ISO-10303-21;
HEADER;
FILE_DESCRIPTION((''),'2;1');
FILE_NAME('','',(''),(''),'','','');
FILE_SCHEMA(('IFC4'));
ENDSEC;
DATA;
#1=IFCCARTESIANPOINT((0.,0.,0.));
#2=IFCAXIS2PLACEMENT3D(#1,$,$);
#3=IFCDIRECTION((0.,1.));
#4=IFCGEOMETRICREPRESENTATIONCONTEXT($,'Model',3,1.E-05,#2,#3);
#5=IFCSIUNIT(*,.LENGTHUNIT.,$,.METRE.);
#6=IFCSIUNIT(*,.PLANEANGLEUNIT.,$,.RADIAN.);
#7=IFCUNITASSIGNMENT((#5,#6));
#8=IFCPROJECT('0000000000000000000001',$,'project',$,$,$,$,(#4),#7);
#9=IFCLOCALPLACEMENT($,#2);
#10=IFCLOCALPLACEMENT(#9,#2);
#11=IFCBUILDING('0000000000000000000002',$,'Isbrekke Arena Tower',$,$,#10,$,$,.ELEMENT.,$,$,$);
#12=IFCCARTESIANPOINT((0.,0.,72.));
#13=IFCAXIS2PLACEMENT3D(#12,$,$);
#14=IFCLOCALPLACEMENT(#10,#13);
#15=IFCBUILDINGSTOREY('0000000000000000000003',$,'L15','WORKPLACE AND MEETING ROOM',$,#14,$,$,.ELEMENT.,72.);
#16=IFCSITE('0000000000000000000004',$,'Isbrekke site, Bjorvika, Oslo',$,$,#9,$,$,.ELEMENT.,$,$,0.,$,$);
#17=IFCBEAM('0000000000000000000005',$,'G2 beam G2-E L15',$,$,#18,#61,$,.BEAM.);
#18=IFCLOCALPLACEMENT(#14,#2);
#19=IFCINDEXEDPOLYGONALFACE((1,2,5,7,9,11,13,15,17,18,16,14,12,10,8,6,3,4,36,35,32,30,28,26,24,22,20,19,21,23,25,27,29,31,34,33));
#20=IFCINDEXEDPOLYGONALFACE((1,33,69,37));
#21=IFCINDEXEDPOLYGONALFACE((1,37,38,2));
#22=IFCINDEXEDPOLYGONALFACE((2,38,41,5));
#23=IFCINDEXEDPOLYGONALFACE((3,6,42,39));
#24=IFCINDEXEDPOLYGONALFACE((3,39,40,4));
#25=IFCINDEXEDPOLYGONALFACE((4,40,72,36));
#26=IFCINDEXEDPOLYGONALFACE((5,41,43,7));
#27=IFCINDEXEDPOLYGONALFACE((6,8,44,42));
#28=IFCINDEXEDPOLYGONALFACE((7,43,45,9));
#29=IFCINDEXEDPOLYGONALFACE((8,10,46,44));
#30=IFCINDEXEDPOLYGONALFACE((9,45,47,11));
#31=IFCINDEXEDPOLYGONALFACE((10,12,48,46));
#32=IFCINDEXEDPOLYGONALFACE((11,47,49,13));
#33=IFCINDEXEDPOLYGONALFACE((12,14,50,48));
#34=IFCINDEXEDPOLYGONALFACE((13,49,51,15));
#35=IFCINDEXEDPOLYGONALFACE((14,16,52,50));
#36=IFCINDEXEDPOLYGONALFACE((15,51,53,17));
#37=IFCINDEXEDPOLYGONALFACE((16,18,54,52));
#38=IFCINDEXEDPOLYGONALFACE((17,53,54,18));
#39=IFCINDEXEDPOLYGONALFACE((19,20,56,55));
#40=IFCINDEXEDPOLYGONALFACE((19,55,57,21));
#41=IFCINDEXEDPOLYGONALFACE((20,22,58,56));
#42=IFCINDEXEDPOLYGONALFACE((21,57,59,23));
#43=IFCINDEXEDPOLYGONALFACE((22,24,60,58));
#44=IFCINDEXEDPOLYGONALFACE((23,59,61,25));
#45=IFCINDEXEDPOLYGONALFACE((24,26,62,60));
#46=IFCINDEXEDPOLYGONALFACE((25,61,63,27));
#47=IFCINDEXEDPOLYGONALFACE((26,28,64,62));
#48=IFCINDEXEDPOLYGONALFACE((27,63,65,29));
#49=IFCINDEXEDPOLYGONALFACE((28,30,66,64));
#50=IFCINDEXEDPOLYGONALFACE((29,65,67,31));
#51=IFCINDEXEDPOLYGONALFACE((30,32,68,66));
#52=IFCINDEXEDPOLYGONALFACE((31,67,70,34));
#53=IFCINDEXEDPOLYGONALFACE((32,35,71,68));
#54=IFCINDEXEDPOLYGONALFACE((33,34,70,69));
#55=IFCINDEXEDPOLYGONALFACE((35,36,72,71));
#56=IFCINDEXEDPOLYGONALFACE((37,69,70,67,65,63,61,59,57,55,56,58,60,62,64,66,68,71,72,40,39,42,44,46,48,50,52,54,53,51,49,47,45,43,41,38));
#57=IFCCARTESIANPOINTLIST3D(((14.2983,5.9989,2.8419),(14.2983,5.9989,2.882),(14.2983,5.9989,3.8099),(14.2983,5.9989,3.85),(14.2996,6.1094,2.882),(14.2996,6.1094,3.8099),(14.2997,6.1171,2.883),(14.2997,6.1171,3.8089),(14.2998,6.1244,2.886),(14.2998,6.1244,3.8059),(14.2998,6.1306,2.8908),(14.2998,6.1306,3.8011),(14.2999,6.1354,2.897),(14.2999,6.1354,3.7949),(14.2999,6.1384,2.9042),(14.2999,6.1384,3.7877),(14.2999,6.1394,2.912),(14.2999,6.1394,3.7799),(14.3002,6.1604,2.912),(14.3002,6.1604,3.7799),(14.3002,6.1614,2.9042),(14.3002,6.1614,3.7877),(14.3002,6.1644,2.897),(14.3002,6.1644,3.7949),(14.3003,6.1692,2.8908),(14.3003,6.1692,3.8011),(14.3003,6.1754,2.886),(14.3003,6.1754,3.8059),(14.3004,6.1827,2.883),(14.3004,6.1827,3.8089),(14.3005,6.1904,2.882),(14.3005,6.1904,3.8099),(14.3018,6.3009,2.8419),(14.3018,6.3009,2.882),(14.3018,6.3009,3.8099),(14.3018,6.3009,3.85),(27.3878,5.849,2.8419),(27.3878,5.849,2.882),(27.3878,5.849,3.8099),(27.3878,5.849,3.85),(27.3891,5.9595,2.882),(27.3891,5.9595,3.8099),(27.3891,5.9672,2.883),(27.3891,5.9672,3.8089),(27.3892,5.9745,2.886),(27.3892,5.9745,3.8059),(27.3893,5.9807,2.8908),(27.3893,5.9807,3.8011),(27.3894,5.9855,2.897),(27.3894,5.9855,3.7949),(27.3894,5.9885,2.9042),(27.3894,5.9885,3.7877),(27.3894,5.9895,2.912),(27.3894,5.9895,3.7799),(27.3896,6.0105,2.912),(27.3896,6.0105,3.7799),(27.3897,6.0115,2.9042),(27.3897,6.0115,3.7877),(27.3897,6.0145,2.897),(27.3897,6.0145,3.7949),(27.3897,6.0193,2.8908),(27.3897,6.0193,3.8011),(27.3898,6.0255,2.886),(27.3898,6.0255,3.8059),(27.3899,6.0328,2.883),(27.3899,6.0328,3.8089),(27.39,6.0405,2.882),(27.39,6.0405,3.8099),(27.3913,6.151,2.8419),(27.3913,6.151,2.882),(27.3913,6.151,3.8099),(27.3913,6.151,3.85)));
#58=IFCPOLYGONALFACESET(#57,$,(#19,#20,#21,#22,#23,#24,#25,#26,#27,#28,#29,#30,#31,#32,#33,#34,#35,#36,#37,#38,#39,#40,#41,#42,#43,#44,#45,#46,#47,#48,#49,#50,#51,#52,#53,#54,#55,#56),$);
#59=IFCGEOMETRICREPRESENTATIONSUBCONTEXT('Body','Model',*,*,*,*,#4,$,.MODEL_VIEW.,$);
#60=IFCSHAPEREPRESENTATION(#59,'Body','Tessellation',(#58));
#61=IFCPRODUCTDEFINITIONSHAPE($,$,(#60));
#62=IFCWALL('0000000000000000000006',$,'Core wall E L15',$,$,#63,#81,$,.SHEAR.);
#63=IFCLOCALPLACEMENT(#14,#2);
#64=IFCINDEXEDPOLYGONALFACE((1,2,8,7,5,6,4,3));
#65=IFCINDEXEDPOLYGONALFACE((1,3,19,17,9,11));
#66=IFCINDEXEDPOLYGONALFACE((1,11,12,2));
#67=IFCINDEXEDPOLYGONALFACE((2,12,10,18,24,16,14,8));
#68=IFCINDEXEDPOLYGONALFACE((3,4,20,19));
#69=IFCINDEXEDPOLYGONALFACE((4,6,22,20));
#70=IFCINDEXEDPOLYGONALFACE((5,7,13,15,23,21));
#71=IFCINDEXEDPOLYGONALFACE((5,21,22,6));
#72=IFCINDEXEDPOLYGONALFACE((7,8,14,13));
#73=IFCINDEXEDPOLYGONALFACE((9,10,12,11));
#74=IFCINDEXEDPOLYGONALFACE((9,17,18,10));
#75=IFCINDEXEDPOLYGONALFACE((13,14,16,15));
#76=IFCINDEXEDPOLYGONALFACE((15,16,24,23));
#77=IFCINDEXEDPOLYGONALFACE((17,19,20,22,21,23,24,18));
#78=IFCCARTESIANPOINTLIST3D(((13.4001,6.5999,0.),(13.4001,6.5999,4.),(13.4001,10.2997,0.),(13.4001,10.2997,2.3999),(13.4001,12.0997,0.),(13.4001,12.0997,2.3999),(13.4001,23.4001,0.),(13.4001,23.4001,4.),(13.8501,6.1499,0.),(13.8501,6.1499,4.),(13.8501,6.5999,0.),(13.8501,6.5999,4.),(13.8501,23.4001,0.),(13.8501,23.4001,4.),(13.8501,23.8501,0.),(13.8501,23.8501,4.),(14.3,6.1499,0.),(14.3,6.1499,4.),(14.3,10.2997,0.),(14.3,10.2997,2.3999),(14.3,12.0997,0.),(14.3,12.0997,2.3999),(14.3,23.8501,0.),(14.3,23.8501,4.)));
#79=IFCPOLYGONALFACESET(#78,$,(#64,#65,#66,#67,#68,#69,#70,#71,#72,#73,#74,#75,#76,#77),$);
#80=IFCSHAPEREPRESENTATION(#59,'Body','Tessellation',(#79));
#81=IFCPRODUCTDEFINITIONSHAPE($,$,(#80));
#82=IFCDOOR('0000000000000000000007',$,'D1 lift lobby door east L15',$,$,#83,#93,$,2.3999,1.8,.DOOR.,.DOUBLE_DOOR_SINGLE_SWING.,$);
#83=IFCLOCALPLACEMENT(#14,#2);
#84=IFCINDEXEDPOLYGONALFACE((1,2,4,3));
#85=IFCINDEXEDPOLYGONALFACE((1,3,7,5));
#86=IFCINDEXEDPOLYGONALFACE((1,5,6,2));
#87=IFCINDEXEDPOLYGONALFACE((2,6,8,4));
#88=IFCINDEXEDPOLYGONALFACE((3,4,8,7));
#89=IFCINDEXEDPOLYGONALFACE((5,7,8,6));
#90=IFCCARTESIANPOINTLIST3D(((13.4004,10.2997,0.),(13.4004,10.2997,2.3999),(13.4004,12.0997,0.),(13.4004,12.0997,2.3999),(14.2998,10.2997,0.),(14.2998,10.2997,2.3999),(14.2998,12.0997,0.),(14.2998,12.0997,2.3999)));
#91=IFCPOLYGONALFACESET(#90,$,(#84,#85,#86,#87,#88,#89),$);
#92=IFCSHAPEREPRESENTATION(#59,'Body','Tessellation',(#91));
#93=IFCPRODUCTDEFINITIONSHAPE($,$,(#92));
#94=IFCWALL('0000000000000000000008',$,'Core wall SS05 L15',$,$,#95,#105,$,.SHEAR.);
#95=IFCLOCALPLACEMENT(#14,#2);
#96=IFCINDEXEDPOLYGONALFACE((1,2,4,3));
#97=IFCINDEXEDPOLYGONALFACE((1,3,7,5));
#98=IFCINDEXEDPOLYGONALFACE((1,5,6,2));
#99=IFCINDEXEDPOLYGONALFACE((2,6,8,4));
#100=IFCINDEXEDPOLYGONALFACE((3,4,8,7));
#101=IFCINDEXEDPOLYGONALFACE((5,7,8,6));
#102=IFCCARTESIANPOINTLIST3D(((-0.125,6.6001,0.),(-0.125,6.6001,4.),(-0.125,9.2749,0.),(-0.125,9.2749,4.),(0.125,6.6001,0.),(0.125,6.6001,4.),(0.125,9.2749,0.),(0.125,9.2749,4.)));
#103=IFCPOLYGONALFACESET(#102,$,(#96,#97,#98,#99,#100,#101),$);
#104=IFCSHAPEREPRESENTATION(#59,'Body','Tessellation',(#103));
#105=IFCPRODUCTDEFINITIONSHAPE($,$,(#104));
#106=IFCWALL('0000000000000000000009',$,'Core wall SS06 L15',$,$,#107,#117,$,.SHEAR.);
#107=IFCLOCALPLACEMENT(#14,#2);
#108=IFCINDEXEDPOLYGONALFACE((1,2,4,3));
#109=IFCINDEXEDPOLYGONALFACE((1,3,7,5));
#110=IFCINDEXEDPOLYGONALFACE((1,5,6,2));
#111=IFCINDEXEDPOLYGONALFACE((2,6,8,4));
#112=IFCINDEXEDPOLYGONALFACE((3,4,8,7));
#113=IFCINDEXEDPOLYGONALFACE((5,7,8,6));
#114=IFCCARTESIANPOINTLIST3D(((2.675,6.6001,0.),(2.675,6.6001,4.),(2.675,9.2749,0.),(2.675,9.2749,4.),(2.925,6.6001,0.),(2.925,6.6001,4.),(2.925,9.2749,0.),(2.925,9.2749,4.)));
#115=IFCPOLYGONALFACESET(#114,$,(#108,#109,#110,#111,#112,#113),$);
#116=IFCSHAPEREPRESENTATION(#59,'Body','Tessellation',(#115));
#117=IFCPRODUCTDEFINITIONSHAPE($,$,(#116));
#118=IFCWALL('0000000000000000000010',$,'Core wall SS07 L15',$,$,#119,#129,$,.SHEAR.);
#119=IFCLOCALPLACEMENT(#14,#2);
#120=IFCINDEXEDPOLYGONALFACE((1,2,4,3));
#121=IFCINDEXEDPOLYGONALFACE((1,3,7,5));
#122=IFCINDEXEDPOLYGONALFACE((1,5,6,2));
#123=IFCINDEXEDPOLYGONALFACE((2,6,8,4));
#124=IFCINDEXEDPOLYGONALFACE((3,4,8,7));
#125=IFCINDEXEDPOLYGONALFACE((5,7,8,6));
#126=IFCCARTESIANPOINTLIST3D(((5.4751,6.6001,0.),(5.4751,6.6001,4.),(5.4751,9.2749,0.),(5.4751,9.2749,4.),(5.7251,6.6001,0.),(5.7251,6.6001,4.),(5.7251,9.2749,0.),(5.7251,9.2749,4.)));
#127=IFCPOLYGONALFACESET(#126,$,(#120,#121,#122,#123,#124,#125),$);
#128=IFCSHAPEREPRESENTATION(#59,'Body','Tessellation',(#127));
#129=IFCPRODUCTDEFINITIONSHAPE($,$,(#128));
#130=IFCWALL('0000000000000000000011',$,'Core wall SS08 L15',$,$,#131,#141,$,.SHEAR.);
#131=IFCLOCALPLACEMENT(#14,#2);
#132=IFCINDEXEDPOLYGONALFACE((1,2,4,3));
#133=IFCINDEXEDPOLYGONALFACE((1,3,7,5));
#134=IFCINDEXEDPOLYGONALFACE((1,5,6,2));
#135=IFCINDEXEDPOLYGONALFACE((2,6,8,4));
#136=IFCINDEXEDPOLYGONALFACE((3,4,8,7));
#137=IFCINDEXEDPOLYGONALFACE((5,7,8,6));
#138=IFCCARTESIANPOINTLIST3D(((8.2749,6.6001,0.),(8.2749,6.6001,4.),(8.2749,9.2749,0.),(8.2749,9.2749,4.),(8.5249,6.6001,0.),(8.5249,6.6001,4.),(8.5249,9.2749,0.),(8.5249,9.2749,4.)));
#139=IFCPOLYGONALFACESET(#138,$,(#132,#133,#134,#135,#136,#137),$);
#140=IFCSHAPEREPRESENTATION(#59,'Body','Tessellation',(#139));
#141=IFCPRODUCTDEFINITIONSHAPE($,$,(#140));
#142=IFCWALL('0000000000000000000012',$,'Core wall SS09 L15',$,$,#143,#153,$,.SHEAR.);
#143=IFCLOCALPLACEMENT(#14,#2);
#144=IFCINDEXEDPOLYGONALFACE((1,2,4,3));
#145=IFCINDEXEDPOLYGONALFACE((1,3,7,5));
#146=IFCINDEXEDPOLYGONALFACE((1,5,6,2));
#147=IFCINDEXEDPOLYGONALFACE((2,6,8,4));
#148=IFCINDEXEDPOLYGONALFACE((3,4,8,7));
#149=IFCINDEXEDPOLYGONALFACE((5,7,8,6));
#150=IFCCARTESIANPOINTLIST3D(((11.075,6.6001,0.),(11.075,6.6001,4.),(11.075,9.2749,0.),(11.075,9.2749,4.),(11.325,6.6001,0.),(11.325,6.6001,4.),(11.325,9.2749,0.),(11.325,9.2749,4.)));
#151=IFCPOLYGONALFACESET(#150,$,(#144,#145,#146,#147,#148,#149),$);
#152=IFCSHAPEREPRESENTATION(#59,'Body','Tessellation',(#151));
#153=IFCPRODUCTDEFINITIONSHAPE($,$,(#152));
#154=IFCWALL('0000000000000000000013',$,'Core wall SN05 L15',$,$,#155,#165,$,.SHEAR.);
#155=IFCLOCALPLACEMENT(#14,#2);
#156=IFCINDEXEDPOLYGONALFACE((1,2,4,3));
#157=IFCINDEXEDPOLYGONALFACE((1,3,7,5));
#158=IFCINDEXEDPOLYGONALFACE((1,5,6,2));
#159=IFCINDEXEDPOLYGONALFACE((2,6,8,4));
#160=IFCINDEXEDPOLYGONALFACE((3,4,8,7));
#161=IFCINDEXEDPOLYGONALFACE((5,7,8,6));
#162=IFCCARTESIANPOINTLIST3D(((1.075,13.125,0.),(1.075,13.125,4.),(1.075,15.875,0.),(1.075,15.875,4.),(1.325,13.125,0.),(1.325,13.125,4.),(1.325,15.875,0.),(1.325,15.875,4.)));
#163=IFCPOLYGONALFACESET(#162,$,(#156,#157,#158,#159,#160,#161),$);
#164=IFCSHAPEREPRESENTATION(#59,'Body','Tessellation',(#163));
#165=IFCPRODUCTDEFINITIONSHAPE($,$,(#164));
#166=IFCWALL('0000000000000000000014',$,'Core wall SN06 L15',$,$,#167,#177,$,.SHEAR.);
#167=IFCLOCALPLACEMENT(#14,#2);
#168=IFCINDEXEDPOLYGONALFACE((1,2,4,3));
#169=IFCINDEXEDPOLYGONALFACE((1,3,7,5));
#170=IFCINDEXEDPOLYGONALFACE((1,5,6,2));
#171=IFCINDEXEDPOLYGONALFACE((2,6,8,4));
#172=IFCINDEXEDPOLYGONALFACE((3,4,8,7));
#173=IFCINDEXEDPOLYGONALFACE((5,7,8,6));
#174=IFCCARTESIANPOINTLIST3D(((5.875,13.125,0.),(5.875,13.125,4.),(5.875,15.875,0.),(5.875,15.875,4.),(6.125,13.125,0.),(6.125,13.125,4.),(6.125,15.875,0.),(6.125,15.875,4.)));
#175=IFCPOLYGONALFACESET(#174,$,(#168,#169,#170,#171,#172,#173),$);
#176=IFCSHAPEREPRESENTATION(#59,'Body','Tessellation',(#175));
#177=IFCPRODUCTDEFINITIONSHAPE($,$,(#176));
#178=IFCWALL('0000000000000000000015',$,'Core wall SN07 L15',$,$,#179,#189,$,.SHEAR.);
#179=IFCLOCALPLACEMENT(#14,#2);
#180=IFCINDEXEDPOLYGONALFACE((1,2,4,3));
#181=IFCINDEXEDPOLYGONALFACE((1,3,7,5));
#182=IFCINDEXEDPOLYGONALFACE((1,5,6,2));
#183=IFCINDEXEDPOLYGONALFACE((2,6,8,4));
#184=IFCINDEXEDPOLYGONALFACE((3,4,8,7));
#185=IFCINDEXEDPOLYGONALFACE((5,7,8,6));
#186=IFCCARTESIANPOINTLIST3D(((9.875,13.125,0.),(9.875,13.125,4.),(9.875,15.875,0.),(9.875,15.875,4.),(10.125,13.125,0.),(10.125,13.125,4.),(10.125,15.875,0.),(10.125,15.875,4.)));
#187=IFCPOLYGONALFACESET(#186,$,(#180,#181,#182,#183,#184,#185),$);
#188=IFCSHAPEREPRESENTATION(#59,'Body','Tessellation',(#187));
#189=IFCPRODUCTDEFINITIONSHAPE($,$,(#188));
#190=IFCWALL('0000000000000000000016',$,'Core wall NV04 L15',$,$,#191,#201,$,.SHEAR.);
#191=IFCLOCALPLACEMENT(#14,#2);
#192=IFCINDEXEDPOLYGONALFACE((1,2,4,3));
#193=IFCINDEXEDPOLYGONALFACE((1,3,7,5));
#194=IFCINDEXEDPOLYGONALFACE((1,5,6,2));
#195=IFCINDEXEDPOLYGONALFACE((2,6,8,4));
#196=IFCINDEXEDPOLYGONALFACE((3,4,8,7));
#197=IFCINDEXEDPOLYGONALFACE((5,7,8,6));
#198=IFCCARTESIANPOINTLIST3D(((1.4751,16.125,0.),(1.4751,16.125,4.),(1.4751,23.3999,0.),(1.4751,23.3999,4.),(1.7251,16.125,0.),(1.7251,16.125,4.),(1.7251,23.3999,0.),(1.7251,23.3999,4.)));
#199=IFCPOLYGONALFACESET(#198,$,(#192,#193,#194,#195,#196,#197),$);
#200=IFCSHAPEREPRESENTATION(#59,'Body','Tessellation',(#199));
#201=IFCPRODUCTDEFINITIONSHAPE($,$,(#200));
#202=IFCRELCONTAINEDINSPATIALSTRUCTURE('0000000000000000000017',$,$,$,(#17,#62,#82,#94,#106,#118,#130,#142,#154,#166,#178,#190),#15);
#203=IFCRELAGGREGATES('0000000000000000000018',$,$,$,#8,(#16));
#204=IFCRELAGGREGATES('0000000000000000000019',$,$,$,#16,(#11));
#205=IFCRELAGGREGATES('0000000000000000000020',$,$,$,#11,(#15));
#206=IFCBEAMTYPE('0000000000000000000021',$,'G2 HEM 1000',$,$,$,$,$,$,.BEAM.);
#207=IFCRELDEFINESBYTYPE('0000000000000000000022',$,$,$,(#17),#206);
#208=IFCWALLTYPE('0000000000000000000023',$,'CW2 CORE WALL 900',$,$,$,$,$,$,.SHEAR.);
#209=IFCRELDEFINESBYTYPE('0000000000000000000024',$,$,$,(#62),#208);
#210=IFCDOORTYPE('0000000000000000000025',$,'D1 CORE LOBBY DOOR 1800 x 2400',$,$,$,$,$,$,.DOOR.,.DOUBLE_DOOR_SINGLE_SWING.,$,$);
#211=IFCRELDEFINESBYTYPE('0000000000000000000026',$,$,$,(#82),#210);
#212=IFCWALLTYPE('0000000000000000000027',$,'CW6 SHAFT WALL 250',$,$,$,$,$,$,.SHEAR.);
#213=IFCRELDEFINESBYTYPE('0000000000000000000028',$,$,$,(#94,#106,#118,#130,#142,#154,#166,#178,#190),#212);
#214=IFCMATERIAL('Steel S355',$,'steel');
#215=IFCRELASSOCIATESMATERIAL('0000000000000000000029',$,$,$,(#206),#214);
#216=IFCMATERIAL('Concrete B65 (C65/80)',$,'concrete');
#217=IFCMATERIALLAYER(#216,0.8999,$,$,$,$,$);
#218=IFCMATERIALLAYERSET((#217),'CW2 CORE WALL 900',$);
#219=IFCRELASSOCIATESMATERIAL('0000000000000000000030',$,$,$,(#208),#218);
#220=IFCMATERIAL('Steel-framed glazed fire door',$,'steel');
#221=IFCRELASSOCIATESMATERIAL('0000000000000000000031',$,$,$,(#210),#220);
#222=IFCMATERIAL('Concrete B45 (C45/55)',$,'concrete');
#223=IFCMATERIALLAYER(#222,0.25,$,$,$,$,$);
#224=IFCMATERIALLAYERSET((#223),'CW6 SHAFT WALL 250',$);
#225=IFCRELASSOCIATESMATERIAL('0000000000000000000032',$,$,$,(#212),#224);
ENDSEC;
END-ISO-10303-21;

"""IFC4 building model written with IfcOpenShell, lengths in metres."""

from ifc_helpers import new_model, si_unit, direction, frame, frame_2d, origin, origin_2d, place, context, subcontext, project, spatial, polyline, rectangle, i_section, outline, extrude, material, layer, layer_set, material_profile, profile_set, type_object, element, fill, save


model = new_model("IFC4")

# Units and contexts
model_context = context("Model", 3, precision=1e-05, world=origin(), true_north=direction((0.0, 1.0)))
body_context = subcontext(model_context, "Body", "Model", "MODEL_VIEW")
ifc_project = project(units=[si_unit("LENGTHUNIT", "METRE"), si_unit("PLANEANGLEUNIT", "RADIAN")], contexts=[model_context])

# Site, building, storey
site_placement = place(None, origin())
site = spatial("IfcSite", under=ifc_project, at=site_placement, Name="Isbrekke site, Bjorvika, Oslo", CompositionType="ELEMENT", RefElevation=0.0)
building_placement = place(site_placement, origin())
building = spatial("IfcBuilding", under=site, at=building_placement, Name="Isbrekke Arena Tower", CompositionType="ELEMENT")
storey_placement = place(building_placement, frame((0.0, 0.0, 72.0)))
storey = spatial("IfcBuildingStorey", under=building, at=storey_placement, Name="L15", Description="WORKPLACE AND MEETING ROOM", CompositionType="ELEMENT", Elevation=72.0)

# Beam
ifc_material_1 = material(Name="Steel S355", Category="steel")
ifc_material_profile = material_profile(ifc_material_1, i_section(OverallWidth=0.302, OverallDepth=1.0081, WebThickness=0.021, FlangeThickness=0.04, FilletRadius=0.03, at=origin_2d()), Name="HEM 1000")
ifc_profile_set = profile_set([ifc_material_profile], Name="Steel S355")
beam_type = type_object("IfcBeamType", Name="G2 HEM 1000", PredefinedType="BEAM", material=ifc_profile_set)
beam_placement = place(storey_placement, frame((14.3, 6.1499, 3.3459), z_axis=(0.999934, -0.011451, 0.0), x_axis=(0.011451, 0.999934, 0.0)))
element("IfcBeam", 1, at=beam_placement, inside=storey, type_object=beam_type, Name="G2 beam G2-E L15", PredefinedType="BEAM", context=body_context, shape_type="SweptSolid", body=[
    extrude(i_section(OverallWidth=0.302, OverallDepth=1.0081, WebThickness=0.021, FlangeThickness=0.04, FilletRadius=0.03, at=origin_2d()), origin(), (0.0, 0.0, 1.0), 13.0903),
])

# Wall, opening, door
ifc_material_2 = material(Name="Concrete B65 (C65/80)", Category="concrete")
ifc_layer_1 = layer(ifc_material_2, 0.8999)
ifc_layer_set_1 = layer_set([ifc_layer_1], Name="CW2 CORE WALL 900")
wall_type_1 = type_object("IfcWallType", Name="CW2 CORE WALL 900", PredefinedType="SHEAR", material=ifc_layer_set_1)
wall_1_placement = place(storey_placement, frame((13.8501, 6.1499, 0.0), z_axis=(0.0, 0.0, 1.0), x_axis=(0.0, 1.0, 0.0)))
wall_1 = element("IfcWall", 2, at=wall_1_placement, inside=storey, type_object=wall_type_1, Name="Core wall E L15", PredefinedType="SHEAR", context=body_context, shape_type="SweptSolid", body=[
    extrude(outline(polyline([(0.0, -0.45), (17.7002, -0.45), (17.7002, 0.0), (17.2502, 0.0), (17.2502, 0.45), (0.45, 0.45), (0.45, 0.0), (0.0, 0.0), (0.0, -0.45)])), origin(), (0.0, 0.0, 1.0), 4.0),
])
opening_placement = place(wall_1_placement, frame((4.1499, 0.0, 0.0)))
opening = element("IfcOpeningElement", 3, at=opening_placement, cuts=wall_1, PredefinedType="OPENING", context=body_context, shape_type="SweptSolid", body=[
    extrude(rectangle(XDim=1.8, YDim=2.3999, at=frame_2d((0.8999, 1.2))), frame((0.0, 0.4648, 0.0), z_axis=(0.0, -1.0, 0.0), x_axis=(1.0, 0.0, 0.0)), (0.0, 0.0, 1.0), 0.9297),
])
ifc_material_3 = material(Name="Steel-framed glazed fire door", Category="steel")
door_type = type_object("IfcDoorType", Name="D1 CORE LOBBY DOOR 1800 x 2400", OperationType="DOUBLE_DOOR_SINGLE_SWING", PredefinedType="DOOR", material=ifc_material_3)
door_placement = place(opening_placement, origin())
door = element("IfcDoor", 4, at=door_placement, inside=storey, type_object=door_type, Name="D1 lift lobby door east L15", OperationType="DOUBLE_DOOR_SINGLE_SWING", OverallHeight=2.3999, OverallWidth=1.8, PredefinedType="DOOR", context=body_context, shape_type="SweptSolid", body=[
    extrude(rectangle(XDim=1.8, YDim=2.3999, at=frame_2d((0.8999, 1.2))), frame((0.0, 0.4497, 0.0), z_axis=(0.0, -1.0, 0.0), x_axis=(1.0, 0.0, 0.0)), (0.0, 0.0, 1.0), 0.8994),
])
fill(opening, door)

# Walls
ifc_material_4 = material(Name="Concrete B45 (C45/55)", Category="concrete")
ifc_layer_2 = layer(ifc_material_4, 0.25)
ifc_layer_set_2 = layer_set([ifc_layer_2], Name="CW6 SHAFT WALL 250")
wall_type_2 = type_object("IfcWallType", Name="CW6 SHAFT WALL 250", PredefinedType="SHEAR", material=ifc_layer_set_2)
for number, where, z_axis, x_axis, name in (
    (5, (0.0, 6.6001, 0.0), (0.0, 0.0, 1.0), (0.0, 1.0, 0.0), "Core wall SS05 L15"),
    (6, (2.8, 6.6001, 0.0), (0.0, 0.0, 1.0), (0.0, 1.0, 0.0), "Core wall SS06 L15"),
    (7, (5.6001, 6.6001, 0.0), (0.0, 0.0, 1.0), (0.0, 1.0, 0.0), "Core wall SS07 L15"),
    (8, (8.3999, 6.6001, 0.0), (0.0, 0.0, 1.0), (0.0, 1.0, 0.0), "Core wall SS08 L15"),
    (9, (11.2, 6.6001, 0.0), (0.0, 0.0, 1.0), (0.0, 1.0, 0.0), "Core wall SS09 L15"),
):
    element("IfcWall", number, at=place(storey_placement, frame(where, z_axis=z_axis, x_axis=x_axis)), inside=storey, type_object=wall_type_2, Name=name, PredefinedType="SHEAR", context=body_context, shape_type="SweptSolid", body=[
        extrude(rectangle(XDim=2.6748, YDim=0.25, at=frame_2d((1.3374, 0.0))), origin(), (0.0, 0.0, 1.0), 4.0),
    ])
for number, where, z_axis, x_axis, name in (
    (10, (1.2, 13.125, 0.0), (0.0, 0.0, 1.0), (0.0, 1.0, 0.0), "Core wall SN05 L15"),
    (11, (6.0, 13.125, 0.0), (0.0, 0.0, 1.0), (0.0, 1.0, 0.0), "Core wall SN06 L15"),
    (12, (10.0, 13.125, 0.0), (0.0, 0.0, 1.0), (0.0, 1.0, 0.0), "Core wall SN07 L15"),
):
    element("IfcWall", number, at=place(storey_placement, frame(where, z_axis=z_axis, x_axis=x_axis)), inside=storey, type_object=wall_type_2, Name=name, PredefinedType="SHEAR", context=body_context, shape_type="SweptSolid", body=[
        extrude(rectangle(XDim=2.75, YDim=0.25, at=frame_2d((1.375, 0.0))), origin(), (0.0, 0.0, 1.0), 4.0),
    ])
wall_2_placement = place(storey_placement, frame((1.6001, 16.125, 0.0), z_axis=(0.0, 0.0, 1.0), x_axis=(0.0, 1.0, 0.0)))
element("IfcWall", 13, at=wall_2_placement, inside=storey, type_object=wall_type_2, Name="Core wall NV04 L15", PredefinedType="SHEAR", context=body_context, shape_type="SweptSolid", body=[
    extrude(rectangle(XDim=7.2749, YDim=0.25, at=frame_2d((3.6375, 0.0))), origin(), (0.0, 0.0, 1.0), 4.0),
])

save(model, "model.ifc")
